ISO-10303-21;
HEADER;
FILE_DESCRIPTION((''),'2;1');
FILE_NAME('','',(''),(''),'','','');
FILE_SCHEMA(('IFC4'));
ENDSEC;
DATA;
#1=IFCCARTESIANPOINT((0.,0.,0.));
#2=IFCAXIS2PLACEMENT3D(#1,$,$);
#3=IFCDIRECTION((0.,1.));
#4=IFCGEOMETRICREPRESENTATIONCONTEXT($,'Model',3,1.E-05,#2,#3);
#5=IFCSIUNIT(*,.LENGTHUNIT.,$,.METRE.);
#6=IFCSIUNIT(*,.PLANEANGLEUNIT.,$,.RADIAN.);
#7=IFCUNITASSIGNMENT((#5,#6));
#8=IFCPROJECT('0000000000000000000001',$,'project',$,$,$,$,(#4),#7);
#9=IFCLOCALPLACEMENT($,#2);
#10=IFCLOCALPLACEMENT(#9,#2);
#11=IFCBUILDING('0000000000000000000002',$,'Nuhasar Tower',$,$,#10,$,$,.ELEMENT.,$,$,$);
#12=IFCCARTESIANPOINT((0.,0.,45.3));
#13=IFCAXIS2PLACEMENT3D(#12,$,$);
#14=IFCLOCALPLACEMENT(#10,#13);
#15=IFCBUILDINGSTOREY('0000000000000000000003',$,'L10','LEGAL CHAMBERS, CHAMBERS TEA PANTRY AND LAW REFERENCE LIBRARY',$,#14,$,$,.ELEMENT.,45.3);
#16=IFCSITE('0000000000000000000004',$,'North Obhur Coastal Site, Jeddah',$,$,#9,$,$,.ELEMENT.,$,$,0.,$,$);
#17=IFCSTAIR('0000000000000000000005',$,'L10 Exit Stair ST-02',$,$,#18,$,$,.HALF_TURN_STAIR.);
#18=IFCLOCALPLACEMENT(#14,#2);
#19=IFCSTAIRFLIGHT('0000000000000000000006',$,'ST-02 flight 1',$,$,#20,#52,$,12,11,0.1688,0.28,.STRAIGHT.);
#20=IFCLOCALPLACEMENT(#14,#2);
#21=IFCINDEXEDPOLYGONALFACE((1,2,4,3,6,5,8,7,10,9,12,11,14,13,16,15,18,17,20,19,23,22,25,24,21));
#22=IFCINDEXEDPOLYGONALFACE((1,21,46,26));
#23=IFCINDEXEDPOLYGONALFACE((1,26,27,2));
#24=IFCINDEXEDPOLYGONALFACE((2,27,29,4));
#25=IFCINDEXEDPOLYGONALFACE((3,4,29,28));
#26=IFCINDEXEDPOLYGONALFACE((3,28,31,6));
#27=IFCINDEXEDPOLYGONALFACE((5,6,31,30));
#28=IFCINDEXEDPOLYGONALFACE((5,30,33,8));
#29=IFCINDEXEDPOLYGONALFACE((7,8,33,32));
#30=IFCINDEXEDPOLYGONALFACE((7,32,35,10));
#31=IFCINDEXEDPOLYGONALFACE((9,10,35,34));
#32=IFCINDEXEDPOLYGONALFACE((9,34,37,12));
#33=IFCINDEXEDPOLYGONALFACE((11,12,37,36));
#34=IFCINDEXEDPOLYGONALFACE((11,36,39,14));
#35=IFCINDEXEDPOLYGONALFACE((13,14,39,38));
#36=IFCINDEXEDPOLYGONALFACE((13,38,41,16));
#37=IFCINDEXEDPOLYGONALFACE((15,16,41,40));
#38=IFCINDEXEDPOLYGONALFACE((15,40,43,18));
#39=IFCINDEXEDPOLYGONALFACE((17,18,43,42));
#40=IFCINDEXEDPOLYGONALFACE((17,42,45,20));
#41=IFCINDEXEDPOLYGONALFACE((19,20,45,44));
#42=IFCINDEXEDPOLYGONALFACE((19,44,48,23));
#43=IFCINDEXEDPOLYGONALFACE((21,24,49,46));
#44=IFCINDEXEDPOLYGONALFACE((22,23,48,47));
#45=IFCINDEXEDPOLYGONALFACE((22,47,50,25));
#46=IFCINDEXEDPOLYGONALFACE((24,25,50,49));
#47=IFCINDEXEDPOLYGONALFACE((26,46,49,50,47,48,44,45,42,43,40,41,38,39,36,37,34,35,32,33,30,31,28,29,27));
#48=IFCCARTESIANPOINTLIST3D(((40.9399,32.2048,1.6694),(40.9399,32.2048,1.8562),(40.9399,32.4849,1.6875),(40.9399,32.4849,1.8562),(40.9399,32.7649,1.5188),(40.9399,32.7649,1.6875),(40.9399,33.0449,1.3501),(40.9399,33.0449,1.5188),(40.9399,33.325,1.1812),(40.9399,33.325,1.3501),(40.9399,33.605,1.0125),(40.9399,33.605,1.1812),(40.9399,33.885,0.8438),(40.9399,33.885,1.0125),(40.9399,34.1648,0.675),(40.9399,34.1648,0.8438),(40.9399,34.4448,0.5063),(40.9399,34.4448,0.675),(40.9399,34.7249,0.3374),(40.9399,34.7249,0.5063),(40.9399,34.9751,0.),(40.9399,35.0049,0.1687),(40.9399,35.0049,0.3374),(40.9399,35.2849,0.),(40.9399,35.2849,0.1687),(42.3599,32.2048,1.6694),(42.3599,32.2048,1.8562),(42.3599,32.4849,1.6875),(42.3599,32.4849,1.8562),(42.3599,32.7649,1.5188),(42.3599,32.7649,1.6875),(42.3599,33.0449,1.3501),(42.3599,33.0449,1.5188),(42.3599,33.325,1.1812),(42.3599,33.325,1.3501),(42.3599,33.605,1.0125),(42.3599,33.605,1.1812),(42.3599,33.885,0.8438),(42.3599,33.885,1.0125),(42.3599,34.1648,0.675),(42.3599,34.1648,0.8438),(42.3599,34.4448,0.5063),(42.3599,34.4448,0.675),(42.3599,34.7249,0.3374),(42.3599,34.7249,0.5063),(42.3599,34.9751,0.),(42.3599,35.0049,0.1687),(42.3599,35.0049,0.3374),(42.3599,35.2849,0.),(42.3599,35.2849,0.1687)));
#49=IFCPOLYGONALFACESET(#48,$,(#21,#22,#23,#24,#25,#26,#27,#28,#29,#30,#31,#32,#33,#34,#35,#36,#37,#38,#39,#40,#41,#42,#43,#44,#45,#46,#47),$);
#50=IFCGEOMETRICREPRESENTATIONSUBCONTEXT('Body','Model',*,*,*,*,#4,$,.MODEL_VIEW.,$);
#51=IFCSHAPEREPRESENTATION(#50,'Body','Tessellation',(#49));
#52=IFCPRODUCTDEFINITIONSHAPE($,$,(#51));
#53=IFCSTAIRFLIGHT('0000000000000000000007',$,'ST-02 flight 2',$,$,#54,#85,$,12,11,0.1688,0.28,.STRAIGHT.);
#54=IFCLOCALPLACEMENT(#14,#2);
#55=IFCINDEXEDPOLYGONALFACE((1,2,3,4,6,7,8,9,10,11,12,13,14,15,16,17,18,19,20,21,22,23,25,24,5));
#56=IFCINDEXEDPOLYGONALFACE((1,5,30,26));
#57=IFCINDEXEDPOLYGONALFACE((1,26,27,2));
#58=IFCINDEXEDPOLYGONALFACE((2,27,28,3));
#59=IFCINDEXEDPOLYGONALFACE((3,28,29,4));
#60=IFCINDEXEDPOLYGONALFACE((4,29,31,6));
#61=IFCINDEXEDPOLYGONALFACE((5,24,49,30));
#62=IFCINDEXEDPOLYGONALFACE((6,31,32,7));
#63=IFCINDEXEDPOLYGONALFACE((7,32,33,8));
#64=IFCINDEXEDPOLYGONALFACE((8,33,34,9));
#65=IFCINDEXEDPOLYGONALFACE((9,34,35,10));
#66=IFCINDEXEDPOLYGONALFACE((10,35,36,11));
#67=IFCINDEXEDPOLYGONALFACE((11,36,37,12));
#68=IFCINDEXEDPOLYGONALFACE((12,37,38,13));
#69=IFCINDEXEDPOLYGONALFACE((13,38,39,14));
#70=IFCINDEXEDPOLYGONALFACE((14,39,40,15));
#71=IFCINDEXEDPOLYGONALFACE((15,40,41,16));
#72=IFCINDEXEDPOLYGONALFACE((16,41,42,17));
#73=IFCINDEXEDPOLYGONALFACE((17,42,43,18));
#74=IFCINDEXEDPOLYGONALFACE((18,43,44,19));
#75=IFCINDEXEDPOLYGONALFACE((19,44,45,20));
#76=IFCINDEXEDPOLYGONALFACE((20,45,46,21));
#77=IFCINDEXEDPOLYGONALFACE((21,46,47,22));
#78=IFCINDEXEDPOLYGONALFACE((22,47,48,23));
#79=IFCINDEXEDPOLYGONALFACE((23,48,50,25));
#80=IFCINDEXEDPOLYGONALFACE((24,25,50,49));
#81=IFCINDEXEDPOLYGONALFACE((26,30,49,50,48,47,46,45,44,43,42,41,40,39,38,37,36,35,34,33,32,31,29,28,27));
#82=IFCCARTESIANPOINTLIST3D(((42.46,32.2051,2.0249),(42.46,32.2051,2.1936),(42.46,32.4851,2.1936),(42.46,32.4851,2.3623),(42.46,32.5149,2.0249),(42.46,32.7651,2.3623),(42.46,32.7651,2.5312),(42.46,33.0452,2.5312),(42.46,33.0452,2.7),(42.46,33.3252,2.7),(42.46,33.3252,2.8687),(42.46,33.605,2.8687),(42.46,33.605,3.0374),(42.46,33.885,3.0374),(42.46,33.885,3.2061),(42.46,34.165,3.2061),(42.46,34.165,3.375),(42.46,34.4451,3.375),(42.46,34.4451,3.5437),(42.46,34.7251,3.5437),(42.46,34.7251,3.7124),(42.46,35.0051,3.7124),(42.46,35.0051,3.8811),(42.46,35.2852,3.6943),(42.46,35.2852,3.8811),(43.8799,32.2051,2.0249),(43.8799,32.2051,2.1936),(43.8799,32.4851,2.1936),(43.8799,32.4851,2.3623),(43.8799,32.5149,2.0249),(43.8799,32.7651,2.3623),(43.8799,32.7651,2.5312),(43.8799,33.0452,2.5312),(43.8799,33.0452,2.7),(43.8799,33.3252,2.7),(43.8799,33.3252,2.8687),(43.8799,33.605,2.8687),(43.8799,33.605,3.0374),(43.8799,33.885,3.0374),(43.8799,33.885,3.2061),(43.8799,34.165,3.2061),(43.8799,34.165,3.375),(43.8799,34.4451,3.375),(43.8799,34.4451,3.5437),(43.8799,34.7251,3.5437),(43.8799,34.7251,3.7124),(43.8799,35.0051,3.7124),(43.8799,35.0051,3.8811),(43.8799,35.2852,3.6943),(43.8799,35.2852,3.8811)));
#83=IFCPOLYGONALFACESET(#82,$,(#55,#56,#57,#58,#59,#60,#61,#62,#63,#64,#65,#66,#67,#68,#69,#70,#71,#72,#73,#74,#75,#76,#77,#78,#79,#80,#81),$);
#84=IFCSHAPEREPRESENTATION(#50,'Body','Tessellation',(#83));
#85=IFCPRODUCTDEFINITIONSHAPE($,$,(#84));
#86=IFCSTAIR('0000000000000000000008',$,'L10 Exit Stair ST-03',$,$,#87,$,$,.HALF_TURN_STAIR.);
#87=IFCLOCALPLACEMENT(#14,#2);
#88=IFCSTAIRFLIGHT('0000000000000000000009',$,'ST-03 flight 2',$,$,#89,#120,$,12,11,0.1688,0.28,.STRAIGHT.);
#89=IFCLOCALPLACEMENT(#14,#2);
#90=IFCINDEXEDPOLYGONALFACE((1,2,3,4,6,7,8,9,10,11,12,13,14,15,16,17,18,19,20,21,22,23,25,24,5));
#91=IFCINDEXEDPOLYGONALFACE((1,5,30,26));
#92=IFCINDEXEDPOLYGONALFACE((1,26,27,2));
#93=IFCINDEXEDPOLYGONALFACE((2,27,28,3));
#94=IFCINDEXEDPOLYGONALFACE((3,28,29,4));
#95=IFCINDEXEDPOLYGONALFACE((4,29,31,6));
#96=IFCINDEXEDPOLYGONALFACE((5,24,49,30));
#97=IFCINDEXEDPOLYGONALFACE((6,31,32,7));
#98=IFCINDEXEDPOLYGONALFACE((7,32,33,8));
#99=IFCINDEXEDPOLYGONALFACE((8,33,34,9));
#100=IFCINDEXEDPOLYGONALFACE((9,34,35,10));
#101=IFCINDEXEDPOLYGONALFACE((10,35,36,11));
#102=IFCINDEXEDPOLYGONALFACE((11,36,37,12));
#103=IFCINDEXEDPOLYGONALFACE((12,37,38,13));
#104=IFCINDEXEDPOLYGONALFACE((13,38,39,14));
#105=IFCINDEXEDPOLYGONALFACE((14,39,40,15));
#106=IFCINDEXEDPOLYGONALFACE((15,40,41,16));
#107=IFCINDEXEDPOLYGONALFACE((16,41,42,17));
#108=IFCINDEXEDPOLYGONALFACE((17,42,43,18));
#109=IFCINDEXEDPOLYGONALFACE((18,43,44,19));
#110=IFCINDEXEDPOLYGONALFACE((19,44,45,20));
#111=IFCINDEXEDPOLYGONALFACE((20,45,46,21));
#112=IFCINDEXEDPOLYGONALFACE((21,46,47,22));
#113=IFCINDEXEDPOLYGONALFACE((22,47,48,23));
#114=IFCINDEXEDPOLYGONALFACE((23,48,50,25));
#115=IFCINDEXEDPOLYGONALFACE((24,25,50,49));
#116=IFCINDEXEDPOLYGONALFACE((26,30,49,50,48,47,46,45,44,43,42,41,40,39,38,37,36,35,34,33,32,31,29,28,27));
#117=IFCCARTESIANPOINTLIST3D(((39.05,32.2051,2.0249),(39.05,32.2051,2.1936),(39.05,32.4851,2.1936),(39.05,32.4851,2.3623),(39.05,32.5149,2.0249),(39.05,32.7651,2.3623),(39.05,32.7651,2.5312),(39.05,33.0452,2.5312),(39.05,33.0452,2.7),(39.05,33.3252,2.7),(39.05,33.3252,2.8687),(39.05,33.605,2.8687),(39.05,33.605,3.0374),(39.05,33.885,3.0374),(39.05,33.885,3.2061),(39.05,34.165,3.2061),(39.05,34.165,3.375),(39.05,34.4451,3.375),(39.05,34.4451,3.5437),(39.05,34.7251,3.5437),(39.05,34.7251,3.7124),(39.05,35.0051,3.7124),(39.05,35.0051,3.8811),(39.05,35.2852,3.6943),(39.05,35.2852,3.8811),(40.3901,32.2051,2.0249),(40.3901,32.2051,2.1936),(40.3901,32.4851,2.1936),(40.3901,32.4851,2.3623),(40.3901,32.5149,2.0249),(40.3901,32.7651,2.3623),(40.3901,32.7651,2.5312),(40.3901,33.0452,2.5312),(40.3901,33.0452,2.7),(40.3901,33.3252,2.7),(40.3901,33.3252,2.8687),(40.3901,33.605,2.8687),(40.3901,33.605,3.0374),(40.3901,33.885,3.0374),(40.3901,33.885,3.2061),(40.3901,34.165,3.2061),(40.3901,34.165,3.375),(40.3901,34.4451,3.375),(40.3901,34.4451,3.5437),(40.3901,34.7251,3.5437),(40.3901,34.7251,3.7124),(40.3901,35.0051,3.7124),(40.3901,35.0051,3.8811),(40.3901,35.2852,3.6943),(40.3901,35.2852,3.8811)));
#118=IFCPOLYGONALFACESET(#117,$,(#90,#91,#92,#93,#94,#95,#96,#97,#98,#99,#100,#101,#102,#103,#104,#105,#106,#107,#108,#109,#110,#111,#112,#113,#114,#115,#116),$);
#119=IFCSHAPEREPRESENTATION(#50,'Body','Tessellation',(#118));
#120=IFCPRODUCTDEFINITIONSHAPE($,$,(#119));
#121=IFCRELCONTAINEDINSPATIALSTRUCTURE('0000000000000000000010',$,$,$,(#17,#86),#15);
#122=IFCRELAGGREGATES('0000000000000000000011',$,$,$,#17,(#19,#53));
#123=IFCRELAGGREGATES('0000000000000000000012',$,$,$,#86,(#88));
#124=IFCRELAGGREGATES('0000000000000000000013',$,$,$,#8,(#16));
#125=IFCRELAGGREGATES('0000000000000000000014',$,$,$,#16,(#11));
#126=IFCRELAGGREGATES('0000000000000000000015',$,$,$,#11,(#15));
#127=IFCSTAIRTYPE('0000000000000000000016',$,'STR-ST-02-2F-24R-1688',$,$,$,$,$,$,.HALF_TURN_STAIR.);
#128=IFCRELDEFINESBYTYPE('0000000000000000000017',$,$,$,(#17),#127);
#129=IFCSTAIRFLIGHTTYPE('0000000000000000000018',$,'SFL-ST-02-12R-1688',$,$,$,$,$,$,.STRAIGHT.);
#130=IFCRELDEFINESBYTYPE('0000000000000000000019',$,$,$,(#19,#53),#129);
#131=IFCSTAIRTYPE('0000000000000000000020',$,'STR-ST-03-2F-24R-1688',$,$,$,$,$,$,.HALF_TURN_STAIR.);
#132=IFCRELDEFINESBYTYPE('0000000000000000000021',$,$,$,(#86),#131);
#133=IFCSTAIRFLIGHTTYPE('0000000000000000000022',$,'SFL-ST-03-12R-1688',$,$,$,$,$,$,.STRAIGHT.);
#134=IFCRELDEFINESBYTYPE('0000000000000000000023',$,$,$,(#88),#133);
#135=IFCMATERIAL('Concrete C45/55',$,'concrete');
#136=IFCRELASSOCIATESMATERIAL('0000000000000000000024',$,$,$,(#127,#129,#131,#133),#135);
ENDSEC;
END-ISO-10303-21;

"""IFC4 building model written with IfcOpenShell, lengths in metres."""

from ifc_helpers import new_model, si_unit, direction, frame, origin, place, context, subcontext, project, spatial, polyline, outline, extrude, material, type_object, element, aggregate, save


model = new_model("IFC4")

# Units and contexts
model_context = context("Model", 3, precision=1e-05, world=origin(), true_north=direction((0.0, 1.0)))
body_context = subcontext(model_context, "Body", "Model", "MODEL_VIEW")
ifc_project = project(units=[si_unit("LENGTHUNIT", "METRE"), si_unit("PLANEANGLEUNIT", "RADIAN")], contexts=[model_context])

# Site, building, storey
site_placement = place(None, origin())
site = spatial("IfcSite", under=ifc_project, at=site_placement, Name="North Obhur Coastal Site, Jeddah", CompositionType="ELEMENT", RefElevation=0.0)
building_placement = place(site_placement, origin())
building = spatial("IfcBuilding", under=site, at=building_placement, Name="Nuhasar Tower", CompositionType="ELEMENT")
storey_placement = place(building_placement, frame((0.0, 0.0, 45.3)))
storey = spatial("IfcBuildingStorey", under=building, at=storey_placement, Name="L10", Description="LEGAL CHAMBERS, CHAMBERS TEA PANTRY AND LAW REFERENCE LIBRARY", CompositionType="ELEMENT", Elevation=45.3)

# Shared definitions
ifc_material_1 = material(Name="Concrete C45/55", Category="concrete")

# Stair, stair flights
stair_type_1 = type_object("IfcStairType", Name="STR-ST-02-2F-24R-1688", PredefinedType="HALF_TURN_STAIR", material=ifc_material_1)
stair_1_placement = place(storey_placement, origin())
stair_1 = element("IfcStair", 1, at=stair_1_placement, inside=storey, type_object=stair_type_1, Name="L10 Exit Stair ST-02", PredefinedType="HALF_TURN_STAIR")
stair_flight_type_1 = type_object("IfcStairFlightType", Name="SFL-ST-02-12R-1688", PredefinedType="STRAIGHT", material=ifc_material_1)
stair_flight_1_placement = place(storey_placement, frame((41.6499, 35.2849, 0.0), z_axis=(0.0, 0.0, 1.0), x_axis=(0.0, -1.0, 0.0)))
stair_flight_1 = element("IfcStairFlight", 2, at=stair_flight_1_placement, type_object=stair_flight_type_1, Name="ST-02 flight 1", NumberOfRisers=12, NumberOfTreads=11, PredefinedType="STRAIGHT", RiserHeight=0.1688, TreadLength=0.28, context=body_context, shape_type="SweptSolid", body=[
    extrude(outline(polyline([(0.0, 0.0), (0.0, 0.1687), (0.28, 0.1687), (0.28, 0.3374), (0.5601, 0.3374), (0.5601, 0.5063), (0.8401, 0.5063), (0.8401, 0.675), (1.1201, 0.675), (1.1201, 0.8438), (1.3999, 0.8438), (1.3999, 1.0125), (1.6799, 1.0125), (1.6799, 1.1812), (1.96, 1.1812), (1.96, 1.3501), (2.24, 1.3501), (2.24, 1.5188), (2.52, 1.5188), (2.52, 1.6875), (2.8, 1.6875), (2.8, 1.8562), (3.0801, 1.8562), (3.0801, 2.0249), (3.0801, 1.6694), (0.3098, 0.0), (0.0, 0.0)])), frame((0.0, 0.71, 0.0), z_axis=(0.0, -1.0, 0.0), x_axis=(1.0, 0.0, 0.0)), (0.0, 0.0, 1.0), 1.4199),
])
stair_flight_2_placement = place(storey_placement, frame((43.1699, 32.2051, 2.0249), z_axis=(0.0, 0.0, 1.0), x_axis=(0.0, 1.0, 0.0)))
stair_flight_2 = element("IfcStairFlight", 3, at=stair_flight_2_placement, type_object=stair_flight_type_1, Name="ST-02 flight 2", NumberOfRisers=12, NumberOfTreads=11, PredefinedType="STRAIGHT", RiserHeight=0.1688, TreadLength=0.28, context=body_context, shape_type="SweptSolid", body=[
    extrude(outline(polyline([(0.0, 0.0), (0.0, 0.1687), (0.28, 0.1687), (0.28, 0.3374), (0.5601, 0.3374), (0.5601, 0.5063), (0.8401, 0.5063), (0.8401, 0.675), (1.1201, 0.675), (1.1201, 0.8438), (1.3999, 0.8438), (1.3999, 1.0125), (1.6799, 1.0125), (1.6799, 1.1812), (1.96, 1.1812), (1.96, 1.3501), (2.24, 1.3501), (2.24, 1.5188), (2.52, 1.5188), (2.52, 1.6875), (2.8, 1.6875), (2.8, 1.8562), (3.0801, 1.8562), (3.0801, 2.0249), (3.0801, 1.6694), (0.3098, 0.0), (0.0, 0.0)])), frame((0.0, 0.71, 0.0), z_axis=(0.0, -1.0, 0.0), x_axis=(1.0, 0.0, 0.0)), (0.0, 0.0, 1.0), 1.4199),
])
aggregate(stair_1, [stair_flight_1, stair_flight_2])

# Stair, stair flight
stair_type_2 = type_object("IfcStairType", Name="STR-ST-03-2F-24R-1688", PredefinedType="HALF_TURN_STAIR", material=ifc_material_1)
stair_2_placement = place(storey_placement, origin())
stair_2 = element("IfcStair", 4, at=stair_2_placement, inside=storey, type_object=stair_type_2, Name="L10 Exit Stair ST-03", PredefinedType="HALF_TURN_STAIR")
stair_flight_type_2 = type_object("IfcStairFlightType", Name="SFL-ST-03-12R-1688", PredefinedType="STRAIGHT", material=ifc_material_1)
stair_flight_3_placement = place(storey_placement, frame((39.72, 32.2051, 2.0249), z_axis=(0.0, 0.0, 1.0), x_axis=(0.0, 1.0, 0.0)))
stair_flight_3 = element("IfcStairFlight", 5, at=stair_flight_3_placement, type_object=stair_flight_type_2, Name="ST-03 flight 2", NumberOfRisers=12, NumberOfTreads=11, PredefinedType="STRAIGHT", RiserHeight=0.1688, TreadLength=0.28, context=body_context, shape_type="SweptSolid", body=[
    extrude(outline(polyline([(0.0, 0.0), (0.0, 0.1687), (0.28, 0.1687), (0.28, 0.3374), (0.5601, 0.3374), (0.5601, 0.5063), (0.8401, 0.5063), (0.8401, 0.675), (1.1201, 0.675), (1.1201, 0.8438), (1.3999, 0.8438), (1.3999, 1.0125), (1.6799, 1.0125), (1.6799, 1.1812), (1.96, 1.1812), (1.96, 1.3501), (2.24, 1.3501), (2.24, 1.5188), (2.52, 1.5188), (2.52, 1.6875), (2.8, 1.6875), (2.8, 1.8562), (3.0801, 1.8562), (3.0801, 2.0249), (3.0801, 1.6694), (0.3098, 0.0), (0.0, 0.0)])), frame((0.0, 0.6699, 0.0), z_axis=(0.0, -1.0, 0.0), x_axis=(1.0, 0.0, 0.0)), (0.0, 0.0, 1.0), 1.3401),
])
aggregate(stair_2, [stair_flight_3])

save(model, "model.ifc")
